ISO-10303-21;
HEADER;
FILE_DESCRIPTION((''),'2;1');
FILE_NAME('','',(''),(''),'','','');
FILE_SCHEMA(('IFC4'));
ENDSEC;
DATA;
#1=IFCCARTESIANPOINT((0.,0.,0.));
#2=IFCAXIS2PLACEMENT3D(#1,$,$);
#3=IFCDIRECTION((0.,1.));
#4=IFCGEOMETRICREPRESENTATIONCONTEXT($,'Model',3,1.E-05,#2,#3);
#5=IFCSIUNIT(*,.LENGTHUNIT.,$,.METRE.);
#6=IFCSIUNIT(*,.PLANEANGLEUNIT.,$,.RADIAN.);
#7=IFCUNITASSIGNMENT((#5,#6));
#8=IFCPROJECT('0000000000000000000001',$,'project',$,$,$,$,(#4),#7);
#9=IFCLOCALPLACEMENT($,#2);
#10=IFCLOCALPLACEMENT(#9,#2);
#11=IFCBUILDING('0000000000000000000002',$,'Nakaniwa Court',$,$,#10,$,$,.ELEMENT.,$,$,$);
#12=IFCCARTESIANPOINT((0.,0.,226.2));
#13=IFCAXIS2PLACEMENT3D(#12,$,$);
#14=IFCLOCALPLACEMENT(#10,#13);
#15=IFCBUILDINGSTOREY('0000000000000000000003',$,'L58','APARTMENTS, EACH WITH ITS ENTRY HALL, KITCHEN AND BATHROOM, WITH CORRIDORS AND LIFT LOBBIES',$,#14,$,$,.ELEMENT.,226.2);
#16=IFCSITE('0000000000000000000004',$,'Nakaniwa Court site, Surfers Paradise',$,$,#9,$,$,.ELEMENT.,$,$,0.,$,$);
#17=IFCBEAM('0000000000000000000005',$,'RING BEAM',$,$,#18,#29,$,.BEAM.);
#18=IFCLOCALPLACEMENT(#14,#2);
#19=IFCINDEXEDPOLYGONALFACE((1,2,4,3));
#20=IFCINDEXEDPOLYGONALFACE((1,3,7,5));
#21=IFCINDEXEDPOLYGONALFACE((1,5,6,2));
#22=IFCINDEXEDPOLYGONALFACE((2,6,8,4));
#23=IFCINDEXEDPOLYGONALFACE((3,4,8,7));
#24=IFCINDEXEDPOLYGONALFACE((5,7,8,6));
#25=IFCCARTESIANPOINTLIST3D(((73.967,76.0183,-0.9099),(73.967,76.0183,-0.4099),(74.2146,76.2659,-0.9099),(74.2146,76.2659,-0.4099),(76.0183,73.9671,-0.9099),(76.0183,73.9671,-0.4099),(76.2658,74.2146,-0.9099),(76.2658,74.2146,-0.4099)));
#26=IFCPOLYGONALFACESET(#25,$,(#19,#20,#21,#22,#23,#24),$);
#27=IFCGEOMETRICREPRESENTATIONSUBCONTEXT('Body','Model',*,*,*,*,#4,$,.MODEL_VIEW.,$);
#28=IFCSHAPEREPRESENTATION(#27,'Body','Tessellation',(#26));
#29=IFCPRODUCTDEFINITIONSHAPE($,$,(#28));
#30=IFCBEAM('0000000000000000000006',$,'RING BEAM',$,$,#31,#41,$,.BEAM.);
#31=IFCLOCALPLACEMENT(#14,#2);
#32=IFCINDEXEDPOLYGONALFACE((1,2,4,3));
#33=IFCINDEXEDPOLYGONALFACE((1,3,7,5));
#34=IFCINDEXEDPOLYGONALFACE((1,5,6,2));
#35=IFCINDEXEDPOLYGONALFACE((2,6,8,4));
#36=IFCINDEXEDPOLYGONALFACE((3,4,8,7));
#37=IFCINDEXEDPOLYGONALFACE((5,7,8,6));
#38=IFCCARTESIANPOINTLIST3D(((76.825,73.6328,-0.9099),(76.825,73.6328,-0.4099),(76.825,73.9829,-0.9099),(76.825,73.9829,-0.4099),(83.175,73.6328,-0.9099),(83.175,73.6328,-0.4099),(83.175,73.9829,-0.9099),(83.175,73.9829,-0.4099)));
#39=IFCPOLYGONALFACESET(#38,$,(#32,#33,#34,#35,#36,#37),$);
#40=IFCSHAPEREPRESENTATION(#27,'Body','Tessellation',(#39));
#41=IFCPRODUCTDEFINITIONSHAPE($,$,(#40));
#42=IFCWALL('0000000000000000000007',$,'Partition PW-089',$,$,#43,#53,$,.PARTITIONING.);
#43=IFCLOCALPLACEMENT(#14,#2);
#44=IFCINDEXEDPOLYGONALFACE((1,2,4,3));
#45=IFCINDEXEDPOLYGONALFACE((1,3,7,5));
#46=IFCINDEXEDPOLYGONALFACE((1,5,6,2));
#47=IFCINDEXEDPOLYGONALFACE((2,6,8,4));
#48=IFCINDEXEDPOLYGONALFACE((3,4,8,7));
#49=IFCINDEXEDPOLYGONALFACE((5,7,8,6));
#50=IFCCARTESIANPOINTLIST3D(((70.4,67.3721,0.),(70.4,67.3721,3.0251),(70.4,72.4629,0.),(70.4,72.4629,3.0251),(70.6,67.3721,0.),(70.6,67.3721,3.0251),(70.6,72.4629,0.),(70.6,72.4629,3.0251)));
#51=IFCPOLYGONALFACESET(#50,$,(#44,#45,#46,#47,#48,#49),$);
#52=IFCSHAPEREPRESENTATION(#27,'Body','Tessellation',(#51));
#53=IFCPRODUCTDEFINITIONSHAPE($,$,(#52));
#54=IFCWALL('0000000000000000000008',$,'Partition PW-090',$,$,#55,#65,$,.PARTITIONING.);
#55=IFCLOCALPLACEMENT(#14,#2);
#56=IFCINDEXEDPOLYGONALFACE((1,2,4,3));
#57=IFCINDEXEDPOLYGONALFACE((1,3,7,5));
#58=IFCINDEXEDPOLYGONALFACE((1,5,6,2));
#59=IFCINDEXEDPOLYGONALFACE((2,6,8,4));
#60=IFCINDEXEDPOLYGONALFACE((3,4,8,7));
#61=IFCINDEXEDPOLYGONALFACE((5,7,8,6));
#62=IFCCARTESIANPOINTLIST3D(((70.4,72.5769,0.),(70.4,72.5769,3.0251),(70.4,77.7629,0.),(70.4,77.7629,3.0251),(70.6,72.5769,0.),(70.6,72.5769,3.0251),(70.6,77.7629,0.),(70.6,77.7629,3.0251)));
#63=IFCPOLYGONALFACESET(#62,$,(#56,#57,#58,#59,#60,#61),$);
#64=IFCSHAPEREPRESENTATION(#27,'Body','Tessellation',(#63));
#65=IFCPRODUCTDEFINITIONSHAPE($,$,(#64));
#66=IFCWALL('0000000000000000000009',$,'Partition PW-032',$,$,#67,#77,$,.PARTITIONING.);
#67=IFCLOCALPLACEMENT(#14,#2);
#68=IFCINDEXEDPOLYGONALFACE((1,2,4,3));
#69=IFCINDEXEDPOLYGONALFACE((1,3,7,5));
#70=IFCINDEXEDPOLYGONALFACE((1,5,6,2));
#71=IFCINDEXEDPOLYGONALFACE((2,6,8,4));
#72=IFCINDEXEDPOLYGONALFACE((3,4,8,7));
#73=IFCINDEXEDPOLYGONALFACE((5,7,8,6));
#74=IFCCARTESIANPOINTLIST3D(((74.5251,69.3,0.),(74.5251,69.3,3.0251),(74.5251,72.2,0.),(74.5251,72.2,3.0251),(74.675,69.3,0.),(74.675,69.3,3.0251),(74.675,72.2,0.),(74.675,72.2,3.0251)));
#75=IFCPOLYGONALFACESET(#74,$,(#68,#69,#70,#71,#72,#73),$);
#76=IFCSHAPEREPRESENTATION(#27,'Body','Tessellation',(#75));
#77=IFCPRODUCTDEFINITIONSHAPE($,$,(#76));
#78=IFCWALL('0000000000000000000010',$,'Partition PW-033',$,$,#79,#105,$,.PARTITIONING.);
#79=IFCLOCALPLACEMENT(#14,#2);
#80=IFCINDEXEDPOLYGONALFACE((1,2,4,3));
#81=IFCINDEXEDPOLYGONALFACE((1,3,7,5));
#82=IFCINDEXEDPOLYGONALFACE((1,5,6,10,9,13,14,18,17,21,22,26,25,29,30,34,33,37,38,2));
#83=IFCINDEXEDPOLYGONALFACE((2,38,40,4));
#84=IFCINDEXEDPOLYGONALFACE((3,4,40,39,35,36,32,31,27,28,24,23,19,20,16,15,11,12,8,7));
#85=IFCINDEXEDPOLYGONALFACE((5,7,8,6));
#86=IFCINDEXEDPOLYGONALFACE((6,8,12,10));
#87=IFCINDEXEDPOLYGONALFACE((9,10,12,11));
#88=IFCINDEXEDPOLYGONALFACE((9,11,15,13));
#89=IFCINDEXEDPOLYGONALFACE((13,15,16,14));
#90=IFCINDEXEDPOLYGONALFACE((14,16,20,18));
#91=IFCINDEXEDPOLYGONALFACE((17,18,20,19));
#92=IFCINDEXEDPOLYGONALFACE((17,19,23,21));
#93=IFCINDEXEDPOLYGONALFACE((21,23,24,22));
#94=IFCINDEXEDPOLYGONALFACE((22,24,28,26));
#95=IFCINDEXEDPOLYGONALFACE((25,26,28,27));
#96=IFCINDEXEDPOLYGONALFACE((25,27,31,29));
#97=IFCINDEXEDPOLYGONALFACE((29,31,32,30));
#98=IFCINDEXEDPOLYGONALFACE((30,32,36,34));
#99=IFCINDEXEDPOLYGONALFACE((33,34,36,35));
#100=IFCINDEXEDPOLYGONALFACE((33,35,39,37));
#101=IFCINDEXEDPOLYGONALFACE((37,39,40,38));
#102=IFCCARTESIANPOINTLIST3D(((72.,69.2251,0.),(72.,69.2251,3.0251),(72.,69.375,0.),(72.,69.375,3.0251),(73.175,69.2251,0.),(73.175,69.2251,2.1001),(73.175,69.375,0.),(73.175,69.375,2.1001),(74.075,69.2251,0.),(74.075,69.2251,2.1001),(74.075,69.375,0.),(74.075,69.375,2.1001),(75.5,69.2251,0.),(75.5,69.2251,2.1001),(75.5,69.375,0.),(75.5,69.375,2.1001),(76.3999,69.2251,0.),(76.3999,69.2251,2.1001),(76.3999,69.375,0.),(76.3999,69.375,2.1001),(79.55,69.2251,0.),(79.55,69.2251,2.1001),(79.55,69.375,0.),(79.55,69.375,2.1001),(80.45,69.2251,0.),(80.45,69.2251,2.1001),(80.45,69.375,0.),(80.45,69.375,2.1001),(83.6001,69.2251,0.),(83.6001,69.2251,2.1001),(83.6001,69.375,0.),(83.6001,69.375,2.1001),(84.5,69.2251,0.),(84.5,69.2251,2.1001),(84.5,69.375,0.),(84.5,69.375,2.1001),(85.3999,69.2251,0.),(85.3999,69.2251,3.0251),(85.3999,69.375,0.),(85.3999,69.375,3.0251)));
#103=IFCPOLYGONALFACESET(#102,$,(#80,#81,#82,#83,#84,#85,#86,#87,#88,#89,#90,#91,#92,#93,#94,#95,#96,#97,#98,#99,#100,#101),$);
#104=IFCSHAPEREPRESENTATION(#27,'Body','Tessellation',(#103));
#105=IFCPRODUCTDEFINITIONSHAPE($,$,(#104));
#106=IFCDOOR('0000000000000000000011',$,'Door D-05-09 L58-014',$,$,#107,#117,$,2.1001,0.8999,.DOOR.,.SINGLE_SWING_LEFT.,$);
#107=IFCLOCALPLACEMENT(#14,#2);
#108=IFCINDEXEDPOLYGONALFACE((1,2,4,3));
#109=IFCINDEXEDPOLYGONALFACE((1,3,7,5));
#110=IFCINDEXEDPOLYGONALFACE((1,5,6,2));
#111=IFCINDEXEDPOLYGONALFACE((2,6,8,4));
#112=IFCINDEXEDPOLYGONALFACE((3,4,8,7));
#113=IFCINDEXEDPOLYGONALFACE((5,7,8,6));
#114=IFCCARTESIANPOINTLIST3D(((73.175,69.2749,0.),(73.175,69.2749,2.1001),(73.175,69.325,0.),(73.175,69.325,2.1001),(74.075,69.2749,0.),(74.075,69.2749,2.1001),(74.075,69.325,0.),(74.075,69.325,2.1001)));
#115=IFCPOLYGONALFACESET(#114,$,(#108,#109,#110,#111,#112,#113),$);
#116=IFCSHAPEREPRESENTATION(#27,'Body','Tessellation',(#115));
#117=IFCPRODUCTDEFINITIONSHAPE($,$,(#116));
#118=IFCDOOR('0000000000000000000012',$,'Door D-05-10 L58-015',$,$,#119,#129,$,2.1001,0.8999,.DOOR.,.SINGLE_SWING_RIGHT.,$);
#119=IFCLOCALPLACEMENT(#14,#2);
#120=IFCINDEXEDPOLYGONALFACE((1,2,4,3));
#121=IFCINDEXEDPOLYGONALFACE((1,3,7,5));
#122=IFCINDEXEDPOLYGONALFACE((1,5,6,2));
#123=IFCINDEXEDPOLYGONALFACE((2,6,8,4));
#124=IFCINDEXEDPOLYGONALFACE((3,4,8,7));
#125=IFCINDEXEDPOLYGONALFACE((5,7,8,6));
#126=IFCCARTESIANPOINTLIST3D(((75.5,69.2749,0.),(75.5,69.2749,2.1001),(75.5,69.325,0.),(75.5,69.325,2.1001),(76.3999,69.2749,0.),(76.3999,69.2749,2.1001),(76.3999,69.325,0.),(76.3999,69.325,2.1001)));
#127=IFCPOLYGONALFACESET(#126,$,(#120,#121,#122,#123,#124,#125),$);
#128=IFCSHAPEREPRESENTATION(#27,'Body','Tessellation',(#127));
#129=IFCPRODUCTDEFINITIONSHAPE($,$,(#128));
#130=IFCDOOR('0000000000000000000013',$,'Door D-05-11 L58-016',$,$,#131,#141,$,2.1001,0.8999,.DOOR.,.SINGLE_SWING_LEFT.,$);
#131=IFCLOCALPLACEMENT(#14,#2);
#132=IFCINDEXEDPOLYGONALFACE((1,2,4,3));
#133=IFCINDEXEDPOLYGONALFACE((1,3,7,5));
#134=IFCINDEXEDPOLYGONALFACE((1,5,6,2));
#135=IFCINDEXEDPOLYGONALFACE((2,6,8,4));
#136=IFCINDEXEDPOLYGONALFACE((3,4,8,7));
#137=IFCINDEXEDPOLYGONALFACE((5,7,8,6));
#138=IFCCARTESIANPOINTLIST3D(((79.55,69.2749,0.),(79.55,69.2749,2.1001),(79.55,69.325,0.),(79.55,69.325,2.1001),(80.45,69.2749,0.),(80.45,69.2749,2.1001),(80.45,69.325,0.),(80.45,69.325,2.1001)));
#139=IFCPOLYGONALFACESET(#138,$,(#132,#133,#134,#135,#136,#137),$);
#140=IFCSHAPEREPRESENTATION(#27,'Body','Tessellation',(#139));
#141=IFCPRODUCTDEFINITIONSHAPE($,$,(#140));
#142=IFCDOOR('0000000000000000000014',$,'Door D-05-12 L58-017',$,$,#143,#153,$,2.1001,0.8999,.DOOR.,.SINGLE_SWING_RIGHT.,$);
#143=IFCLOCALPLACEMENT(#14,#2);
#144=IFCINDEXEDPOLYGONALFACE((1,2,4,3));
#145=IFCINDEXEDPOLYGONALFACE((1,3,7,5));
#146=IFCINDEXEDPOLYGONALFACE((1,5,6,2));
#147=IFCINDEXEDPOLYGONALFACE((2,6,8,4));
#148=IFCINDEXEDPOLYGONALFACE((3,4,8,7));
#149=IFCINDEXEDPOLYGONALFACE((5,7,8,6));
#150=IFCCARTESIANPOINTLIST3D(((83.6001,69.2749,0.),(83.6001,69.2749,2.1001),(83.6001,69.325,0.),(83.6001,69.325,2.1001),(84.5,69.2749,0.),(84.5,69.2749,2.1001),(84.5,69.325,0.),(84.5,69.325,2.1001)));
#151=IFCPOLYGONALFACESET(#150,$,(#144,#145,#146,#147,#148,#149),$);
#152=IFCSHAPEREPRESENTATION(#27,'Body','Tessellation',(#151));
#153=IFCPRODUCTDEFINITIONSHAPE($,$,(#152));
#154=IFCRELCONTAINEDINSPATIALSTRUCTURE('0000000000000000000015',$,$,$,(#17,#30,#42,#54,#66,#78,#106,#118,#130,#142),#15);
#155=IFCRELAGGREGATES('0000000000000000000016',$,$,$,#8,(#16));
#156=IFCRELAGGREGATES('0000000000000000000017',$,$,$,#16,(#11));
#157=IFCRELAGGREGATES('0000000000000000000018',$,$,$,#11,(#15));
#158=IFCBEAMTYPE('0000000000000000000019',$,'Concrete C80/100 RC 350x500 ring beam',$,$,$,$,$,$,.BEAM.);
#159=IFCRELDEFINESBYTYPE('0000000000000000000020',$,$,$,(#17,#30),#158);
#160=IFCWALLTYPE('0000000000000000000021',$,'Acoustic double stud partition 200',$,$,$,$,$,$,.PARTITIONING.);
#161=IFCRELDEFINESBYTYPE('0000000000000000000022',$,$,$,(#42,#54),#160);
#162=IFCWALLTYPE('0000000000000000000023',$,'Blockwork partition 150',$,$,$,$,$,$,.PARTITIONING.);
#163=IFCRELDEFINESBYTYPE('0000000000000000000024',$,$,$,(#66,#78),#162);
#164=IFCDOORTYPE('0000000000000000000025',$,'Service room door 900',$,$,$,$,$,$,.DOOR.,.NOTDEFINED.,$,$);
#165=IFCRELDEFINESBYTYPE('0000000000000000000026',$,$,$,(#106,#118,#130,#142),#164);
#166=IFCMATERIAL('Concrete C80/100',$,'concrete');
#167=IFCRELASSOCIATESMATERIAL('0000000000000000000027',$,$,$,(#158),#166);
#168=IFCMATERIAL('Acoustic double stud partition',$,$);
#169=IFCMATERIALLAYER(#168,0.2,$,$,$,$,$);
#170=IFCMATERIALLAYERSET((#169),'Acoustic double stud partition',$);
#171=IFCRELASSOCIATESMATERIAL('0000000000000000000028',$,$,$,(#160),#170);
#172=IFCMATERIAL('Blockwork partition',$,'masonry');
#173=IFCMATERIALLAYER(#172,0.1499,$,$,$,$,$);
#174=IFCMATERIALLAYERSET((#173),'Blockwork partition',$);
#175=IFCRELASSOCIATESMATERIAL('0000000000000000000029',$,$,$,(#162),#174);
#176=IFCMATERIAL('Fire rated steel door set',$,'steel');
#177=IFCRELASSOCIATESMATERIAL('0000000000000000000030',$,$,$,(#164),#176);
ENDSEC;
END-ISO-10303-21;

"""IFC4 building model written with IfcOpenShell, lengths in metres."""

from ifc_helpers import new_model, si_unit, direction, frame, frame_2d, origin, origin_2d, place, context, subcontext, project, spatial, rectangle, extrude, material, layer, layer_set, material_profile, profile_set, type_object, element, fill, save


model = new_model("IFC4")

# Units and contexts
model_context = context("Model", 3, precision=1e-05, world=origin(), true_north=direction((0.0, 1.0)))
body_context = subcontext(model_context, "Body", "Model", "MODEL_VIEW")
ifc_project = project(units=[si_unit("LENGTHUNIT", "METRE"), si_unit("PLANEANGLEUNIT", "RADIAN")], contexts=[model_context])

# Site, building, storey
site_placement = place(None, origin())
site = spatial("IfcSite", under=ifc_project, at=site_placement, Name="Nakaniwa Court site, Surfers Paradise", CompositionType="ELEMENT", RefElevation=0.0)
building_placement = place(site_placement, origin())
building = spatial("IfcBuilding", under=site, at=building_placement, Name="Nakaniwa Court", CompositionType="ELEMENT")
storey_placement = place(building_placement, frame((0.0, 0.0, 226.2)))
storey = spatial("IfcBuildingStorey", under=building, at=storey_placement, Name="L58", Description="APARTMENTS, EACH WITH ITS ENTRY HALL, KITCHEN AND BATHROOM, WITH CORRIDORS AND LIFT LOBBIES", CompositionType="ELEMENT", Elevation=226.2)

# Shared definitions
ifc_material_1 = material(Name="Concrete C80/100", Category="concrete")

# Beams
ifc_material_profile_1 = material_profile(ifc_material_1, rectangle(XDim=0.3501, YDim=0.5, at=origin_2d()), Name="Concrete C80/100 RC 350x500 ring beam")
ifc_profile_set_1 = profile_set([ifc_material_profile_1], Name="Concrete C80/100")
beam_type = type_object("IfcBeamType", Name="Concrete C80/100 RC 350x500 ring beam", PredefinedType="BEAM", material=ifc_profile_set_1)
beam_1_placement = place(storey_placement, frame((74.0908, 76.1421, -0.6599), z_axis=(0.707107, -0.707107, 0.0), x_axis=(0.707107, 0.707107, 0.0)))
element("IfcBeam", 1, at=beam_1_placement, inside=storey, type_object=beam_type, Name="RING BEAM", PredefinedType="BEAM", context=body_context, shape_type="SweptSolid", body=[
    extrude(rectangle(XDim=0.3501, YDim=0.5, at=origin_2d()), origin(), (0.0, 0.0, 1.0), 2.9009),
])
beam_2_placement = place(storey_placement, frame((76.825, 73.8079, -0.6599), z_axis=(1.0, 0.0, 0.0), x_axis=(0.0, 1.0, 0.0)))
element("IfcBeam", 2, at=beam_2_placement, inside=storey, type_object=beam_type, Name="RING BEAM", PredefinedType="BEAM", context=body_context, shape_type="SweptSolid", body=[
    extrude(rectangle(XDim=0.3501, YDim=0.5, at=origin_2d()), origin(), (0.0, 0.0, 1.0), 6.3501),
])

# Walls
ifc_material_2 = material(Name="Acoustic double stud partition")
ifc_layer_1 = layer(ifc_material_2, 0.2)
ifc_layer_set_1 = layer_set([ifc_layer_1], Name="Acoustic double stud partition")
wall_type_1 = type_object("IfcWallType", Name="Acoustic double stud partition 200", PredefinedType="PARTITIONING", material=ifc_layer_set_1)
wall_1_placement = place(storey_placement, frame((70.5, 67.3721, 0.0), z_axis=(0.0, 0.0, 1.0), x_axis=(0.0, 1.0, 0.0)))
element("IfcWall", 3, at=wall_1_placement, inside=storey, type_object=wall_type_1, Name="Partition PW-089", PredefinedType="PARTITIONING", context=body_context, shape_type="SweptSolid", body=[
    extrude(rectangle(XDim=5.0908, YDim=0.2, at=frame_2d((2.5454, 0.0))), origin(), (0.0, 0.0, 1.0), 3.0251),
])
wall_2_placement = place(storey_placement, frame((70.5, 72.5769, 0.0), z_axis=(0.0, 0.0, 1.0), x_axis=(0.0, 1.0, 0.0)))
element("IfcWall", 4, at=wall_2_placement, inside=storey, type_object=wall_type_1, Name="Partition PW-090", PredefinedType="PARTITIONING", context=body_context, shape_type="SweptSolid", body=[
    extrude(rectangle(XDim=5.186, YDim=0.2, at=frame_2d((2.593, 0.0))), origin(), (0.0, 0.0, 1.0), 3.0251),
])
ifc_material_3 = material(Name="Blockwork partition", Category="masonry")
ifc_layer_2 = layer(ifc_material_3, 0.1499)
ifc_layer_set_2 = layer_set([ifc_layer_2], Name="Blockwork partition")
wall_type_2 = type_object("IfcWallType", Name="Blockwork partition 150", PredefinedType="PARTITIONING", material=ifc_layer_set_2)
wall_3_placement = place(storey_placement, frame((74.6001, 69.3, 0.0), z_axis=(0.0, 0.0, 1.0), x_axis=(0.0, 1.0, 0.0)))
element("IfcWall", 5, at=wall_3_placement, inside=storey, type_object=wall_type_2, Name="Partition PW-032", PredefinedType="PARTITIONING", context=body_context, shape_type="SweptSolid", body=[
    extrude(rectangle(XDim=2.8999, YDim=0.1499, at=frame_2d((1.45, 0.0))), origin(), (0.0, 0.0, 1.0), 3.0251),
])

# Wall, openings, doors
wall_4_placement = place(storey_placement, frame((72.0, 69.3, 0.0), z_axis=(0.0, 0.0, 1.0), x_axis=(1.0, 0.0, 0.0)))
wall_4 = element("IfcWall", 6, at=wall_4_placement, inside=storey, type_object=wall_type_2, Name="Partition PW-033", PredefinedType="PARTITIONING", context=body_context, shape_type="SweptSolid", body=[
    extrude(rectangle(XDim=13.3999, YDim=0.1499, at=frame_2d((6.7, 0.0))), origin(), (0.0, 0.0, 1.0), 3.0251),
])
opening_1_placement = place(wall_4_placement, frame((1.175, 0.0, 0.0)))
opening_1 = element("IfcOpeningElement", 7, at=opening_1_placement, cuts=wall_4, PredefinedType="OPENING", context=body_context, shape_type="SweptSolid", body=[
    extrude(rectangle(XDim=0.8999, YDim=2.1001, at=frame_2d((0.45, 1.05))), frame((0.0, 0.085, 0.0), z_axis=(0.0, -1.0, 0.0), x_axis=(1.0, 0.0, 0.0)), (0.0, 0.0, 1.0), 0.1699),
])
opening_2_placement = place(wall_4_placement, frame((3.5, 0.0, 0.0)))
opening_2 = element("IfcOpeningElement", 8, at=opening_2_placement, cuts=wall_4, PredefinedType="OPENING", context=body_context, shape_type="SweptSolid", body=[
    extrude(rectangle(XDim=0.8999, YDim=2.1001, at=frame_2d((0.45, 1.05))), frame((0.0, 0.085, 0.0), z_axis=(0.0, -1.0, 0.0), x_axis=(1.0, 0.0, 0.0)), (0.0, 0.0, 1.0), 0.1699),
])
opening_3_placement = place(wall_4_placement, frame((7.55, 0.0, 0.0)))
opening_3 = element("IfcOpeningElement", 9, at=opening_3_placement, cuts=wall_4, PredefinedType="OPENING", context=body_context, shape_type="SweptSolid", body=[
    extrude(rectangle(XDim=0.8999, YDim=2.1001, at=frame_2d((0.45, 1.05))), frame((0.0, 0.085, 0.0), z_axis=(0.0, -1.0, 0.0), x_axis=(1.0, 0.0, 0.0)), (0.0, 0.0, 1.0), 0.1699),
])
opening_4_placement = place(wall_4_placement, frame((11.6001, 0.0, 0.0)))
opening_4 = element("IfcOpeningElement", 10, at=opening_4_placement, cuts=wall_4, PredefinedType="OPENING", context=body_context, shape_type="SweptSolid", body=[
    extrude(rectangle(XDim=0.8999, YDim=2.1001, at=frame_2d((0.45, 1.05))), frame((0.0, 0.085, 0.0), z_axis=(0.0, -1.0, 0.0), x_axis=(1.0, 0.0, 0.0)), (0.0, 0.0, 1.0), 0.1699),
])
ifc_material_4 = material(Name="Fire rated steel door set", Category="steel")
door_type_1 = type_object("IfcDoorType", Name="Service room door 900", OperationType="NOTDEFINED", PredefinedType="DOOR", material=ifc_material_4)
door_1_placement = place(opening_1_placement, origin())
door_1 = element("IfcDoor", 11, at=door_1_placement, inside=storey, type_object=door_type_1, Name="Door D-05-09 L58-014", OperationType="SINGLE_SWING_LEFT", OverallHeight=2.1001, OverallWidth=0.8999, PredefinedType="DOOR", context=body_context, shape_type="SweptSolid", body=[
    extrude(rectangle(XDim=0.8999, YDim=2.1001, at=frame_2d((0.45, 1.05))), frame((0.0, 0.0249, 0.0), z_axis=(0.0, -1.0, 0.0), x_axis=(1.0, 0.0, 0.0)), (0.0, 0.0, 1.0), 0.05),
])
fill(opening_1, door_1)
door_2_placement = place(opening_2_placement, origin())
door_2 = element("IfcDoor", 12, at=door_2_placement, inside=storey, type_object=door_type_1, Name="Door D-05-10 L58-015", OperationType="SINGLE_SWING_RIGHT", OverallHeight=2.1001, OverallWidth=0.8999, PredefinedType="DOOR", context=body_context, shape_type="SweptSolid", body=[
    extrude(rectangle(XDim=0.8999, YDim=2.1001, at=frame_2d((0.45, 1.05))), frame((0.0, 0.0249, 0.0), z_axis=(0.0, -1.0, 0.0), x_axis=(1.0, 0.0, 0.0)), (0.0, 0.0, 1.0), 0.05),
])
fill(opening_2, door_2)
door_3_placement = place(opening_3_placement, origin())
door_3 = element("IfcDoor", 13, at=door_3_placement, inside=storey, type_object=door_type_1, Name="Door D-05-11 L58-016", OperationType="SINGLE_SWING_LEFT", OverallHeight=2.1001, OverallWidth=0.8999, PredefinedType="DOOR", context=body_context, shape_type="SweptSolid", body=[
    extrude(rectangle(XDim=0.8999, YDim=2.1001, at=frame_2d((0.45, 1.05))), frame((0.0, 0.0249, 0.0), z_axis=(0.0, -1.0, 0.0), x_axis=(1.0, 0.0, 0.0)), (0.0, 0.0, 1.0), 0.05),
])
fill(opening_3, door_3)
door_4_placement = place(opening_4_placement, origin())
door_4 = element("IfcDoor", 14, at=door_4_placement, inside=storey, type_object=door_type_1, Name="Door D-05-12 L58-017", OperationType="SINGLE_SWING_RIGHT", OverallHeight=2.1001, OverallWidth=0.8999, PredefinedType="DOOR", context=body_context, shape_type="SweptSolid", body=[
    extrude(rectangle(XDim=0.8999, YDim=2.1001, at=frame_2d((0.45, 1.05))), frame((0.0, 0.0249, 0.0), z_axis=(0.0, -1.0, 0.0), x_axis=(1.0, 0.0, 0.0)), (0.0, 0.0, 1.0), 0.05),
])
fill(opening_4, door_4)

save(model, "model.ifc")
